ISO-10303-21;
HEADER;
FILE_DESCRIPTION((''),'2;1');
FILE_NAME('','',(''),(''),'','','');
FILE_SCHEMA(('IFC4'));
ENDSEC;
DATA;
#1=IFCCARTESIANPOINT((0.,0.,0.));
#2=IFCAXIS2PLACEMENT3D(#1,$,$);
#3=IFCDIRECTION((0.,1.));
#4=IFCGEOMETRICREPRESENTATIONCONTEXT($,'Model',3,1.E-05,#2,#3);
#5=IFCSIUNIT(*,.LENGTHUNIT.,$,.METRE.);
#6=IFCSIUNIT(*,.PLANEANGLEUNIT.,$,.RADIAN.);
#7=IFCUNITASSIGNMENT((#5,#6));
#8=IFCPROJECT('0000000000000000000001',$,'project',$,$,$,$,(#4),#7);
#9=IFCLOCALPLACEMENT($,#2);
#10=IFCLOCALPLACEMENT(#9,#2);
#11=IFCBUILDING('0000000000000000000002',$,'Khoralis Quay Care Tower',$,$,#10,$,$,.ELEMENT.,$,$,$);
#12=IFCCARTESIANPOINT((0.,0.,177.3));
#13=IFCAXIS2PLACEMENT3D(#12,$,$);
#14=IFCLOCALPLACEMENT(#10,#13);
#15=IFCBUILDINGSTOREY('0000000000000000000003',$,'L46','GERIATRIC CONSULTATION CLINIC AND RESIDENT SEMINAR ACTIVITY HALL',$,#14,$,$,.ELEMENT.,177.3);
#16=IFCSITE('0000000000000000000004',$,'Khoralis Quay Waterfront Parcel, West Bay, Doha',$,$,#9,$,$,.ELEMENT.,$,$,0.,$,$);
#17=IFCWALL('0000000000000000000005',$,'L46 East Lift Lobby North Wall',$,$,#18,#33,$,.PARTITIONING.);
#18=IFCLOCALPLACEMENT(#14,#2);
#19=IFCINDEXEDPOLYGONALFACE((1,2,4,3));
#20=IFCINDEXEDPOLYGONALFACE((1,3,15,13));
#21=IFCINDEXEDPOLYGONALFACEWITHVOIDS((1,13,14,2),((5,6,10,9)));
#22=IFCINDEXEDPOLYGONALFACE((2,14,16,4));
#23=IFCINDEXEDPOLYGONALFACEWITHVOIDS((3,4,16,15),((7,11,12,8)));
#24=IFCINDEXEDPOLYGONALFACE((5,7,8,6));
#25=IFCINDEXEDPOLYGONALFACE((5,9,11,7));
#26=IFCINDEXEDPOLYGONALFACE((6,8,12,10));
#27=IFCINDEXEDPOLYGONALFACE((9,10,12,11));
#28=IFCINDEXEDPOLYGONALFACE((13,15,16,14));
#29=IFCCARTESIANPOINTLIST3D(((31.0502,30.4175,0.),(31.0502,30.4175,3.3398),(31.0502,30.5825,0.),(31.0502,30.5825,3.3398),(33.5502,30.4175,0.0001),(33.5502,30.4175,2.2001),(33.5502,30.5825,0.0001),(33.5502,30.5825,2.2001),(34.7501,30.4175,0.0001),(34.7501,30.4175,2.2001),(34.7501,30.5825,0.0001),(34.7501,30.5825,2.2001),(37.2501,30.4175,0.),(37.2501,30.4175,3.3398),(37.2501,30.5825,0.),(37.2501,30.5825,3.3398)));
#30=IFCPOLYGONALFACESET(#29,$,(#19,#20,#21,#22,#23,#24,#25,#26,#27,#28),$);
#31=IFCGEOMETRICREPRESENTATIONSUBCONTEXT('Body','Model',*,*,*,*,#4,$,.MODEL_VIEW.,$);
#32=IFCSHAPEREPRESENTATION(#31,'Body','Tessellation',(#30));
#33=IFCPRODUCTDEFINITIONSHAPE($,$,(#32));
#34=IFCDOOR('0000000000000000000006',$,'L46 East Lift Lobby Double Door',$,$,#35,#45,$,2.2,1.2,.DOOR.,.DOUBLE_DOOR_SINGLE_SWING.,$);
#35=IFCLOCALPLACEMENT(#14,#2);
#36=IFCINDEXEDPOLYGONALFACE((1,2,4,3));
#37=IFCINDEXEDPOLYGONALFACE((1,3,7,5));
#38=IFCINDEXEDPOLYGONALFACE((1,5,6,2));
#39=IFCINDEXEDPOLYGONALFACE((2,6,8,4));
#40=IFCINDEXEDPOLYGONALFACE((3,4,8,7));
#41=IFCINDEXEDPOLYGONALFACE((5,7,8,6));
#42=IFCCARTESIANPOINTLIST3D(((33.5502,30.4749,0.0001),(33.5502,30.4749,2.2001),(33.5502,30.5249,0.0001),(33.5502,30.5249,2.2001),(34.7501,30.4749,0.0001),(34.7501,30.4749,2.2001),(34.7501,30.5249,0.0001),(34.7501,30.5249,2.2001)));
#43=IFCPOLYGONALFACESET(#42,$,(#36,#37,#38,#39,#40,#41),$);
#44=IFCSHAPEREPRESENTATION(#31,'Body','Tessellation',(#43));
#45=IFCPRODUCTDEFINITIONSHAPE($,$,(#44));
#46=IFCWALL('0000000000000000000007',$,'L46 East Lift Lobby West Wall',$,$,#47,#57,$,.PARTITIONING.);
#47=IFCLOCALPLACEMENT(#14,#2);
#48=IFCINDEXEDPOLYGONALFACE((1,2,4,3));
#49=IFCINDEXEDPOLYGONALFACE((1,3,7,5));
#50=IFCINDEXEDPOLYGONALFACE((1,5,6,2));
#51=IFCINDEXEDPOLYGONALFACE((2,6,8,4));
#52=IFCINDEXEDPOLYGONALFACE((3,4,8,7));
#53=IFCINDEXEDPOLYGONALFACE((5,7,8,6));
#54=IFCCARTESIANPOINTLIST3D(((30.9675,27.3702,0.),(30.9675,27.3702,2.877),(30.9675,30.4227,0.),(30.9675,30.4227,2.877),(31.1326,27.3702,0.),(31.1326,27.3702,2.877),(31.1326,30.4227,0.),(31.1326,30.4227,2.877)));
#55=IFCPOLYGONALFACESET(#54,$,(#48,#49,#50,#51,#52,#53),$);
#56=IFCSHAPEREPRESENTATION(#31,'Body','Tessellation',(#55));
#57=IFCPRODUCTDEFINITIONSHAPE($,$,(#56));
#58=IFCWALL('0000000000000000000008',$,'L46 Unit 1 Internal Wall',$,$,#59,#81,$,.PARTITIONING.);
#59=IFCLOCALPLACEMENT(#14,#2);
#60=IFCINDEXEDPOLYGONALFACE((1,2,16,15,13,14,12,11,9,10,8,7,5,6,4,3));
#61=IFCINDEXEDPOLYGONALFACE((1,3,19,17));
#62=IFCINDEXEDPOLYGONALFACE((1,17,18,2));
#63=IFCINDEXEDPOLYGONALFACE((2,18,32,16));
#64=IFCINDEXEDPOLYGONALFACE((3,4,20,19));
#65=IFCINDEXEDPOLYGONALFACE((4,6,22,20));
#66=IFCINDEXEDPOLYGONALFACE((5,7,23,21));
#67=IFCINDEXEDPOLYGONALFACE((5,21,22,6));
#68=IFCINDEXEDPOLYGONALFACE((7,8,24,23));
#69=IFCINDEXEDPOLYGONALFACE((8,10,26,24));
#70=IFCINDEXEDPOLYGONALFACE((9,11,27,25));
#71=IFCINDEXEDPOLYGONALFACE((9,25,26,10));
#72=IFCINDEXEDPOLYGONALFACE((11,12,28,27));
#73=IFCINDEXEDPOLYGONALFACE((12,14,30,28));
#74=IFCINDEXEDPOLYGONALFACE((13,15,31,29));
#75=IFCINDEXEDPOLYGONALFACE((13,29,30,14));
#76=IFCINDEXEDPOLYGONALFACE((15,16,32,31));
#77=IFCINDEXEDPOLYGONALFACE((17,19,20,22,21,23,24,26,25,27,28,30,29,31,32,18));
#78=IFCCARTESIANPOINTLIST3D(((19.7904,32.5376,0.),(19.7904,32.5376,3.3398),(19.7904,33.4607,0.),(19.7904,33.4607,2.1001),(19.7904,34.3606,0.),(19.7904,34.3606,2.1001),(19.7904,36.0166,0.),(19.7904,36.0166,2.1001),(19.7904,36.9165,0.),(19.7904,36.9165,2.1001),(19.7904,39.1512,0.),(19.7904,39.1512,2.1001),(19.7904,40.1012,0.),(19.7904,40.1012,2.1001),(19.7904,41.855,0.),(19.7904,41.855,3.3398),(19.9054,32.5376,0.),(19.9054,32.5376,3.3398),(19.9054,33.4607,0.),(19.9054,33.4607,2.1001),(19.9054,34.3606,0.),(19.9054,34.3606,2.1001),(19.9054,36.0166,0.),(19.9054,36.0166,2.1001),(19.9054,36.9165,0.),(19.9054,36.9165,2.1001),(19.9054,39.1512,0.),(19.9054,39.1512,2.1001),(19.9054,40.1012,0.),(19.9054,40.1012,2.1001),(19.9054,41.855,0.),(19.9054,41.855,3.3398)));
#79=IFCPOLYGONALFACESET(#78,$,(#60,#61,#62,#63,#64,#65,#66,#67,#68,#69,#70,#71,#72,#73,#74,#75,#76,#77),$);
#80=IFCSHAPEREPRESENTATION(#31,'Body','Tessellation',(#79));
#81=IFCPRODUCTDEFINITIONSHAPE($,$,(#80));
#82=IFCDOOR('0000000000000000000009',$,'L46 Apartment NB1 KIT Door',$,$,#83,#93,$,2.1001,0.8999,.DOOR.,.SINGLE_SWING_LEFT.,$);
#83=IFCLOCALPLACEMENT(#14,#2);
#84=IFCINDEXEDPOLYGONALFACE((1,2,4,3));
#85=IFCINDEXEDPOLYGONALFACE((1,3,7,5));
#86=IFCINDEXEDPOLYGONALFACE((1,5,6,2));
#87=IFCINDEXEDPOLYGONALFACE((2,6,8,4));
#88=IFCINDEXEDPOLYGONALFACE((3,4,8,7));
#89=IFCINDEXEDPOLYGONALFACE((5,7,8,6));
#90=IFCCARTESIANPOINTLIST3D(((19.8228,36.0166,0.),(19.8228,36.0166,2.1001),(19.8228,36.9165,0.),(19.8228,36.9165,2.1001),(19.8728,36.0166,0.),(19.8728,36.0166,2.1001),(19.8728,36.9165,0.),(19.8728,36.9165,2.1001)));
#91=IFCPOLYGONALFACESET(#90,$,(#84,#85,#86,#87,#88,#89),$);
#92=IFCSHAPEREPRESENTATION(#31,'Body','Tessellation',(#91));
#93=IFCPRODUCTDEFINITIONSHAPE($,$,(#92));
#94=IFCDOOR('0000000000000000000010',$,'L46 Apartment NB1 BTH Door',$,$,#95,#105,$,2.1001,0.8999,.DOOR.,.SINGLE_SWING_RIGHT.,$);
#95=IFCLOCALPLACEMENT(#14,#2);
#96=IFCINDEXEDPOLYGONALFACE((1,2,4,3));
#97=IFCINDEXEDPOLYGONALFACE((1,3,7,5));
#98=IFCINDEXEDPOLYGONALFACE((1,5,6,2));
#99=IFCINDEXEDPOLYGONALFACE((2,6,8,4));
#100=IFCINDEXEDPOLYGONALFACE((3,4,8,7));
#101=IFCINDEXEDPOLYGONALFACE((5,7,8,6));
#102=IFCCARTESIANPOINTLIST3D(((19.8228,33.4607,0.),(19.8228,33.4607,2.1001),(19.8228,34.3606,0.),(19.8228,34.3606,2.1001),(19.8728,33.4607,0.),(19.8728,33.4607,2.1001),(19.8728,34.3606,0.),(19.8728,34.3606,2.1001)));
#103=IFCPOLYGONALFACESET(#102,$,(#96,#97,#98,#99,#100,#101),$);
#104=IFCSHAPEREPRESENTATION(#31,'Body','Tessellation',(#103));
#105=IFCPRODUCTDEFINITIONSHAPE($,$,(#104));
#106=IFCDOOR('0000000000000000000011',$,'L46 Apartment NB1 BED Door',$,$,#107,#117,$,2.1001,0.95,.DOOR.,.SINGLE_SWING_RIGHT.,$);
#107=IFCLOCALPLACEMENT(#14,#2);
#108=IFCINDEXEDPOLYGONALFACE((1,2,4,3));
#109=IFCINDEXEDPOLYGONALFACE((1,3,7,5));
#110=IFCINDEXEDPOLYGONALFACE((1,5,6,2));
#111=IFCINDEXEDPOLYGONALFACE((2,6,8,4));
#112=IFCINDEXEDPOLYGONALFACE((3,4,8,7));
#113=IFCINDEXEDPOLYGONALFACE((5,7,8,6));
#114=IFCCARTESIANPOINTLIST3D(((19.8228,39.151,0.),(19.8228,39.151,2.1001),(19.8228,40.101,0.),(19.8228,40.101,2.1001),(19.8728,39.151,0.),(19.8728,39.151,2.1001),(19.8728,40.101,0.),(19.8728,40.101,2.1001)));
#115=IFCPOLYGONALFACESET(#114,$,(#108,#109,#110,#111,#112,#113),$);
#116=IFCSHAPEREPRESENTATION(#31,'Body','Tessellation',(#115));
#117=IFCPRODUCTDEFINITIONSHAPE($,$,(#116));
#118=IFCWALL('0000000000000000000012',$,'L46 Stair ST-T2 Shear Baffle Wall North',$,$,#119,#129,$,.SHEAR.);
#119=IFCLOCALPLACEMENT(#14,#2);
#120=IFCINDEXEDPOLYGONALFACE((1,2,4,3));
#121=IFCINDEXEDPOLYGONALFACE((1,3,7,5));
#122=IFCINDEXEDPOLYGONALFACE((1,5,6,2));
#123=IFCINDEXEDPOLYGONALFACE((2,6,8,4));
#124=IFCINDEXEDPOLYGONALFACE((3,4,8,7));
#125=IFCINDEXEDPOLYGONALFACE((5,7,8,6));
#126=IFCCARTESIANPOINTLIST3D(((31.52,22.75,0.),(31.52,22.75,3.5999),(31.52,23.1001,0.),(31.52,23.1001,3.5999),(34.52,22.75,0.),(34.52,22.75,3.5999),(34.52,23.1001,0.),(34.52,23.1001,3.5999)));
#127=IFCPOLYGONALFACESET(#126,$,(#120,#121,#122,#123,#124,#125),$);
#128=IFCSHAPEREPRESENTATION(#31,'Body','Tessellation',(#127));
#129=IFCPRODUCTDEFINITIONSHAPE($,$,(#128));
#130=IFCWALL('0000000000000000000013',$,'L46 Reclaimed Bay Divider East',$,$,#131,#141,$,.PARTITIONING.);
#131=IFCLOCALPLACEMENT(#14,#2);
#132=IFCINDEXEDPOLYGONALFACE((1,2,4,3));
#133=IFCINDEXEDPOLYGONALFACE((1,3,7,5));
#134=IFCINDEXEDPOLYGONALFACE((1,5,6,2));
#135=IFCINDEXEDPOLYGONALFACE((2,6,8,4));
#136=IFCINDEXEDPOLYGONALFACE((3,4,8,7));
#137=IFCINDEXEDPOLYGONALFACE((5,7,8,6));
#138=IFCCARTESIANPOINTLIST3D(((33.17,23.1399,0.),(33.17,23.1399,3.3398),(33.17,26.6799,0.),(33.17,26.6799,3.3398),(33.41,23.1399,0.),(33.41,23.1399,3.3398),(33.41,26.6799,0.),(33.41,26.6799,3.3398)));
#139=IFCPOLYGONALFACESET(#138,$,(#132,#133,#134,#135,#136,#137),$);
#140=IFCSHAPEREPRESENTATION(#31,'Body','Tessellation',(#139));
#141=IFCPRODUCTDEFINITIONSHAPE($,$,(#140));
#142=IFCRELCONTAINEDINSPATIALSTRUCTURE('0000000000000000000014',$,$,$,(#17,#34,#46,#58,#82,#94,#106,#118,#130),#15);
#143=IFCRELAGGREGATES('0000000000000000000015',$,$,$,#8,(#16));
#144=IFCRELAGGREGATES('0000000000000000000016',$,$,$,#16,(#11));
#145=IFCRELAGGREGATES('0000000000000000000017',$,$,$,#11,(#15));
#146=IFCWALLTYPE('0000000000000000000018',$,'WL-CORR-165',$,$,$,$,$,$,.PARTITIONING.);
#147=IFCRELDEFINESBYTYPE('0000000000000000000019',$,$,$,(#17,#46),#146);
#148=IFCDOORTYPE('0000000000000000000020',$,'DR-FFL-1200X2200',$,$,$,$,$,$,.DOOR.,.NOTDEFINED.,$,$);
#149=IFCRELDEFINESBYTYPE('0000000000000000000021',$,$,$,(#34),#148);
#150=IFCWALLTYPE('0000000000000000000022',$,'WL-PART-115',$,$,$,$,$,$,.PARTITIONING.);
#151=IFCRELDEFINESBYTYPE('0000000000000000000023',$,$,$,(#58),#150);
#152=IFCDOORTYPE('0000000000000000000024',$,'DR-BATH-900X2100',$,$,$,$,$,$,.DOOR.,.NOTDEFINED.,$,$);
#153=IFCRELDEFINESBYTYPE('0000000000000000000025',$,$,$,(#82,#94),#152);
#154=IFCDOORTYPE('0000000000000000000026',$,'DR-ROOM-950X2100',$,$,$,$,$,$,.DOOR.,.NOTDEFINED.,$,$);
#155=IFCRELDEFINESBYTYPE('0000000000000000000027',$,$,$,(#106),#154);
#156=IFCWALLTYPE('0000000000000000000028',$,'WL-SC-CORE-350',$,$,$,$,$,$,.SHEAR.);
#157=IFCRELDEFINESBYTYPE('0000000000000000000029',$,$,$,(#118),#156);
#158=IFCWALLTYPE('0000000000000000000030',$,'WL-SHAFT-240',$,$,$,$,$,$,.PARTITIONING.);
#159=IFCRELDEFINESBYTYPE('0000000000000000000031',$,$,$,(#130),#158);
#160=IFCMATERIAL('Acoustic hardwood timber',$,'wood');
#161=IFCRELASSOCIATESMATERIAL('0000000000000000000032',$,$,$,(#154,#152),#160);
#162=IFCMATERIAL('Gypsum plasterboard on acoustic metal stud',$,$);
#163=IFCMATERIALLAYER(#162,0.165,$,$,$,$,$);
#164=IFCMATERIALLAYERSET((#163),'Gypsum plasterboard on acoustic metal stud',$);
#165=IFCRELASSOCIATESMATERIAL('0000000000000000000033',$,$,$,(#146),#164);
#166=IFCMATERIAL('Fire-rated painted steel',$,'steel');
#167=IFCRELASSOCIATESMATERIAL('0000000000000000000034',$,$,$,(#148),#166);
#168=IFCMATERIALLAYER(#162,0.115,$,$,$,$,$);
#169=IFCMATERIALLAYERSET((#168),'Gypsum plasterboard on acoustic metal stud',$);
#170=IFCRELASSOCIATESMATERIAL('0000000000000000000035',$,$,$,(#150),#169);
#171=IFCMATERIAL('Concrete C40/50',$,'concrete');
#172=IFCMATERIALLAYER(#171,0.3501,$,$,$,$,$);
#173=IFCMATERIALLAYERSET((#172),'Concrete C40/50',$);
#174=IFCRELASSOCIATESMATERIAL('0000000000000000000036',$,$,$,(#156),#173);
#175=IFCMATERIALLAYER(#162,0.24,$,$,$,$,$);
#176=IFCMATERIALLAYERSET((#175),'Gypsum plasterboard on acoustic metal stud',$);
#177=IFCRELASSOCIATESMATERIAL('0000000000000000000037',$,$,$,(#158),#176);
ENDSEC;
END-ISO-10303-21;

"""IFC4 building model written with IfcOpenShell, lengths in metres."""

from ifc_helpers import new_model, si_unit, direction, frame, frame_2d, origin, place, context, subcontext, project, spatial, rectangle, extrude, source, transform, mapped, material, layer, layer_set, type_object, element, fill, save


model = new_model("IFC4")

# Units and contexts
model_context = context("Model", 3, precision=1e-05, world=origin(), true_north=direction((0.0, 1.0)))
body_context = subcontext(model_context, "Body", "Model", "MODEL_VIEW")
ifc_project = project(units=[si_unit("LENGTHUNIT", "METRE"), si_unit("PLANEANGLEUNIT", "RADIAN")], contexts=[model_context])

# Site, building, storey
site_placement = place(None, origin())
site = spatial("IfcSite", under=ifc_project, at=site_placement, Name="Khoralis Quay Waterfront Parcel, West Bay, Doha", CompositionType="ELEMENT", RefElevation=0.0)
building_placement = place(site_placement, origin())
building = spatial("IfcBuilding", under=site, at=building_placement, Name="Khoralis Quay Care Tower", CompositionType="ELEMENT")
storey_placement = place(building_placement, frame((0.0, 0.0, 177.3)))
storey = spatial("IfcBuildingStorey", under=building, at=storey_placement, Name="L46", Description="GERIATRIC CONSULTATION CLINIC AND RESIDENT SEMINAR ACTIVITY HALL", CompositionType="ELEMENT", Elevation=177.3)

# Shared definitions
ifc_material_1 = material(Name="Acoustic hardwood timber", Category="wood")
door_type_1 = type_object("IfcDoorType", Name="DR-ROOM-950X2100", OperationType="NOTDEFINED", PredefinedType="DOOR", material=ifc_material_1)
shared_shape_1 = source(origin(), body_context, "Body", "SweptSolid", [
    extrude(rectangle(XDim=0.95, YDim=2.1001, at=frame_2d((0.4751, 1.05))), frame((0.0, 0.0249, 0.0), z_axis=(0.0, -1.0, 0.0), x_axis=(1.0, 0.0, 0.0)), (0.0, 0.0, 1.0), 0.05),
])

# Wall, opening, door
ifc_material_2 = material(Name="Gypsum plasterboard on acoustic metal stud")
ifc_layer_1 = layer(ifc_material_2, 0.165)
ifc_layer_set_1 = layer_set([ifc_layer_1], Name="Gypsum plasterboard on acoustic metal stud")
wall_type_1 = type_object("IfcWallType", Name="WL-CORR-165", PredefinedType="PARTITIONING", material=ifc_layer_set_1)
wall_1_placement = place(storey_placement, frame((31.05, 30.5, 0.0), z_axis=(0.0, 0.0, 1.0), x_axis=(1.0, 0.0, 0.0)))
wall_1 = element("IfcWall", 1, at=wall_1_placement, inside=storey, type_object=wall_type_1, Name="L46 East Lift Lobby North Wall", PredefinedType="PARTITIONING", context=body_context, shape_type="SweptSolid", body=[
    extrude(rectangle(XDim=6.2, YDim=0.165, at=frame_2d((3.1001, 0.0))), origin(), (0.0, 0.0, 1.0), 3.3398),
])
opening_1_placement = place(wall_1_placement, frame((2.5, 0.0, 0.0)))
opening_1 = element("IfcOpeningElement", 2, at=opening_1_placement, cuts=wall_1, PredefinedType="OPENING", context=body_context, shape_type="SweptSolid", body=[
    extrude(rectangle(XDim=1.2, YDim=2.2, at=frame_2d((0.6001, 1.1001))), frame((0.0, 0.0925, 0.0), z_axis=(0.0, -1.0, 0.0), x_axis=(1.0, 0.0, 0.0)), (0.0, 0.0, 1.0), 0.1851),
])
ifc_material_3 = material(Name="Fire-rated painted steel", Category="steel")
door_type_2 = type_object("IfcDoorType", Name="DR-FFL-1200X2200", OperationType="NOTDEFINED", PredefinedType="DOOR", material=ifc_material_3)
shared_shape_2 = source(origin(), body_context, "Body", "SweptSolid", [
    extrude(rectangle(XDim=1.2, YDim=2.2, at=frame_2d((0.6001, 1.1001))), frame((0.0, 0.0249, 0.0), z_axis=(0.0, -1.0, 0.0), x_axis=(1.0, 0.0, 0.0)), (0.0, 0.0, 1.0), 0.05),
])
door_1_placement = place(opening_1_placement, origin())
door_1 = element("IfcDoor", 3, at=door_1_placement, inside=storey, type_object=door_type_2, Name="L46 East Lift Lobby Double Door", OperationType="DOUBLE_DOOR_SINGLE_SWING", OverallHeight=2.2, OverallWidth=1.2, PredefinedType="DOOR", context=body_context, shape_type="MappedRepresentation", body=[
    mapped(shared_shape_2, transform((0.0, 0.0, 0.0), scale=1.0)),
])
fill(opening_1, door_1)

# Wall
wall_2_placement = place(storey_placement, frame((31.05, 27.3701, 0.0), z_axis=(0.0, 0.0, 1.0), x_axis=(0.0, 1.0, 0.0)))
element("IfcWall", 4, at=wall_2_placement, inside=storey, type_object=wall_type_1, Name="L46 East Lift Lobby West Wall", PredefinedType="PARTITIONING", context=body_context, shape_type="SweptSolid", body=[
    extrude(rectangle(XDim=3.0525, YDim=0.165, at=frame_2d((1.5264, 0.0))), origin(), (0.0, 0.0, 1.0), 2.877),
])

# Wall, openings, doors
ifc_layer_2 = layer(ifc_material_2, 0.115)
ifc_layer_set_2 = layer_set([ifc_layer_2], Name="Gypsum plasterboard on acoustic metal stud")
wall_type_2 = type_object("IfcWallType", Name="WL-PART-115", PredefinedType="PARTITIONING", material=ifc_layer_set_2)
wall_3_placement = place(storey_placement, frame((19.8479, 32.5376, 0.0), z_axis=(0.0, 0.0, 1.0), x_axis=(0.0, 1.0, 0.0)))
wall_3 = element("IfcWall", 5, at=wall_3_placement, inside=storey, type_object=wall_type_2, Name="L46 Unit 1 Internal Wall", PredefinedType="PARTITIONING", context=body_context, shape_type="SweptSolid", body=[
    extrude(rectangle(XDim=9.3174, YDim=0.115, at=frame_2d((4.6587, 0.0))), origin(), (0.0, 0.0, 1.0), 3.3398),
])
opening_2_placement = place(wall_3_placement, frame((6.6135, 0.0, 0.0)))
opening_2 = element("IfcOpeningElement", 6, at=opening_2_placement, cuts=wall_3, PredefinedType="OPENING", context=body_context, shape_type="SweptSolid", body=[
    extrude(rectangle(XDim=0.95, YDim=2.1001, at=frame_2d((0.4751, 1.05))), frame((0.0, 0.0674, 0.0), z_axis=(0.0, -1.0, 0.0), x_axis=(1.0, 0.0, 0.0)), (0.0, 0.0, 1.0), 0.135),
])
opening_3_placement = place(wall_3_placement, frame((3.479, 0.0, 0.0)))
opening_3 = element("IfcOpeningElement", 7, at=opening_3_placement, cuts=wall_3, PredefinedType="OPENING", context=body_context, shape_type="SweptSolid", body=[
    extrude(rectangle(XDim=0.8999, YDim=2.1001, at=frame_2d((0.45, 1.05))), frame((0.0, 0.0674, 0.0), z_axis=(0.0, -1.0, 0.0), x_axis=(1.0, 0.0, 0.0)), (0.0, 0.0, 1.0), 0.135),
])
opening_4_placement = place(wall_3_placement, frame((0.9231, 0.0, 0.0)))
opening_4 = element("IfcOpeningElement", 8, at=opening_4_placement, cuts=wall_3, PredefinedType="OPENING", context=body_context, shape_type="SweptSolid", body=[
    extrude(rectangle(XDim=0.8999, YDim=2.1001, at=frame_2d((0.45, 1.05))), frame((0.0, 0.0674, 0.0), z_axis=(0.0, -1.0, 0.0), x_axis=(1.0, 0.0, 0.0)), (0.0, 0.0, 1.0), 0.135),
])
door_type_3 = type_object("IfcDoorType", Name="DR-BATH-900X2100", OperationType="NOTDEFINED", PredefinedType="DOOR", material=ifc_material_1)
shared_shape_3 = source(origin(), body_context, "Body", "SweptSolid", [
    extrude(rectangle(XDim=0.8999, YDim=2.1001, at=frame_2d((0.45, 1.05))), frame((0.0, 0.0249, 0.0), z_axis=(0.0, -1.0, 0.0), x_axis=(1.0, 0.0, 0.0)), (0.0, 0.0, 1.0), 0.05),
])
door_2_placement = place(opening_3_placement, frame((0.8999, 0.0, 0.0), z_axis=(0.0, 0.0, 1.0), x_axis=(-1.0, 0.0, 0.0)))
door_2 = element("IfcDoor", 9, at=door_2_placement, inside=storey, type_object=door_type_3, Name="L46 Apartment NB1 KIT Door", OperationType="SINGLE_SWING_LEFT", OverallHeight=2.1001, OverallWidth=0.8999, PredefinedType="DOOR", context=body_context, shape_type="MappedRepresentation", body=[
    mapped(shared_shape_3, transform((0.0, 0.0, 0.0), scale=1.0)),
])
fill(opening_3, door_2)
door_3_placement = place(opening_4_placement, frame((0.8999, 0.0, 0.0), z_axis=(0.0, 0.0, 1.0), x_axis=(-1.0, 0.0, 0.0)))
door_3 = element("IfcDoor", 10, at=door_3_placement, inside=storey, type_object=door_type_3, Name="L46 Apartment NB1 BTH Door", OperationType="SINGLE_SWING_RIGHT", OverallHeight=2.1001, OverallWidth=0.8999, PredefinedType="DOOR", context=body_context, shape_type="MappedRepresentation", body=[
    mapped(shared_shape_3, transform((0.0, 0.0, 0.0), scale=1.0)),
])
fill(opening_4, door_3)
door_4_placement = place(opening_2_placement, frame((0.95, 0.0, 0.0), z_axis=(0.0, 0.0, 1.0), x_axis=(-1.0, 0.0, 0.0)))
door_4 = element("IfcDoor", 11, at=door_4_placement, inside=storey, type_object=door_type_1, Name="L46 Apartment NB1 BED Door", OperationType="SINGLE_SWING_RIGHT", OverallHeight=2.1001, OverallWidth=0.95, PredefinedType="DOOR", context=body_context, shape_type="MappedRepresentation", body=[
    mapped(shared_shape_1, transform((0.0, 0.0, 0.0), scale=1.0)),
])
fill(opening_2, door_4)

# Walls
ifc_material_4 = material(Name="Concrete C40/50", Category="concrete")
ifc_layer_3 = layer(ifc_material_4, 0.3501)
ifc_layer_set_3 = layer_set([ifc_layer_3], Name="Concrete C40/50")
wall_type_3 = type_object("IfcWallType", Name="WL-SC-CORE-350", PredefinedType="SHEAR", material=ifc_layer_set_3)
wall_4_placement = place(storey_placement, frame((31.52, 22.925, 0.0), z_axis=(0.0, 0.0, 1.0), x_axis=(1.0, 0.0, 0.0)))
element("IfcWall", 12, at=wall_4_placement, inside=storey, type_object=wall_type_3, Name="L46 Stair ST-T2 Shear Baffle Wall North", PredefinedType="SHEAR", context=body_context, shape_type="SweptSolid", body=[
    extrude(rectangle(XDim=3.0, YDim=0.3501, at=frame_2d((1.5, 0.0))), origin(), (0.0, 0.0, 1.0), 3.5999),
])
ifc_layer_4 = layer(ifc_material_2, 0.24)
ifc_layer_set_4 = layer_set([ifc_layer_4], Name="Gypsum plasterboard on acoustic metal stud")
wall_type_4 = type_object("IfcWallType", Name="WL-SHAFT-240", PredefinedType="PARTITIONING", material=ifc_layer_set_4)
wall_5_placement = place(storey_placement, frame((33.29, 23.1399, 0.0), z_axis=(0.0, 0.0, 1.0), x_axis=(0.0, 1.0, 0.0)))
element("IfcWall", 13, at=wall_5_placement, inside=storey, type_object=wall_type_4, Name="L46 Reclaimed Bay Divider East", PredefinedType="PARTITIONING", context=body_context, shape_type="SweptSolid", body=[
    extrude(rectangle(XDim=3.54, YDim=0.24, at=frame_2d((1.77, 0.0))), origin(), (0.0, 0.0, 1.0), 3.3398),
])

save(model, "model.ifc")
